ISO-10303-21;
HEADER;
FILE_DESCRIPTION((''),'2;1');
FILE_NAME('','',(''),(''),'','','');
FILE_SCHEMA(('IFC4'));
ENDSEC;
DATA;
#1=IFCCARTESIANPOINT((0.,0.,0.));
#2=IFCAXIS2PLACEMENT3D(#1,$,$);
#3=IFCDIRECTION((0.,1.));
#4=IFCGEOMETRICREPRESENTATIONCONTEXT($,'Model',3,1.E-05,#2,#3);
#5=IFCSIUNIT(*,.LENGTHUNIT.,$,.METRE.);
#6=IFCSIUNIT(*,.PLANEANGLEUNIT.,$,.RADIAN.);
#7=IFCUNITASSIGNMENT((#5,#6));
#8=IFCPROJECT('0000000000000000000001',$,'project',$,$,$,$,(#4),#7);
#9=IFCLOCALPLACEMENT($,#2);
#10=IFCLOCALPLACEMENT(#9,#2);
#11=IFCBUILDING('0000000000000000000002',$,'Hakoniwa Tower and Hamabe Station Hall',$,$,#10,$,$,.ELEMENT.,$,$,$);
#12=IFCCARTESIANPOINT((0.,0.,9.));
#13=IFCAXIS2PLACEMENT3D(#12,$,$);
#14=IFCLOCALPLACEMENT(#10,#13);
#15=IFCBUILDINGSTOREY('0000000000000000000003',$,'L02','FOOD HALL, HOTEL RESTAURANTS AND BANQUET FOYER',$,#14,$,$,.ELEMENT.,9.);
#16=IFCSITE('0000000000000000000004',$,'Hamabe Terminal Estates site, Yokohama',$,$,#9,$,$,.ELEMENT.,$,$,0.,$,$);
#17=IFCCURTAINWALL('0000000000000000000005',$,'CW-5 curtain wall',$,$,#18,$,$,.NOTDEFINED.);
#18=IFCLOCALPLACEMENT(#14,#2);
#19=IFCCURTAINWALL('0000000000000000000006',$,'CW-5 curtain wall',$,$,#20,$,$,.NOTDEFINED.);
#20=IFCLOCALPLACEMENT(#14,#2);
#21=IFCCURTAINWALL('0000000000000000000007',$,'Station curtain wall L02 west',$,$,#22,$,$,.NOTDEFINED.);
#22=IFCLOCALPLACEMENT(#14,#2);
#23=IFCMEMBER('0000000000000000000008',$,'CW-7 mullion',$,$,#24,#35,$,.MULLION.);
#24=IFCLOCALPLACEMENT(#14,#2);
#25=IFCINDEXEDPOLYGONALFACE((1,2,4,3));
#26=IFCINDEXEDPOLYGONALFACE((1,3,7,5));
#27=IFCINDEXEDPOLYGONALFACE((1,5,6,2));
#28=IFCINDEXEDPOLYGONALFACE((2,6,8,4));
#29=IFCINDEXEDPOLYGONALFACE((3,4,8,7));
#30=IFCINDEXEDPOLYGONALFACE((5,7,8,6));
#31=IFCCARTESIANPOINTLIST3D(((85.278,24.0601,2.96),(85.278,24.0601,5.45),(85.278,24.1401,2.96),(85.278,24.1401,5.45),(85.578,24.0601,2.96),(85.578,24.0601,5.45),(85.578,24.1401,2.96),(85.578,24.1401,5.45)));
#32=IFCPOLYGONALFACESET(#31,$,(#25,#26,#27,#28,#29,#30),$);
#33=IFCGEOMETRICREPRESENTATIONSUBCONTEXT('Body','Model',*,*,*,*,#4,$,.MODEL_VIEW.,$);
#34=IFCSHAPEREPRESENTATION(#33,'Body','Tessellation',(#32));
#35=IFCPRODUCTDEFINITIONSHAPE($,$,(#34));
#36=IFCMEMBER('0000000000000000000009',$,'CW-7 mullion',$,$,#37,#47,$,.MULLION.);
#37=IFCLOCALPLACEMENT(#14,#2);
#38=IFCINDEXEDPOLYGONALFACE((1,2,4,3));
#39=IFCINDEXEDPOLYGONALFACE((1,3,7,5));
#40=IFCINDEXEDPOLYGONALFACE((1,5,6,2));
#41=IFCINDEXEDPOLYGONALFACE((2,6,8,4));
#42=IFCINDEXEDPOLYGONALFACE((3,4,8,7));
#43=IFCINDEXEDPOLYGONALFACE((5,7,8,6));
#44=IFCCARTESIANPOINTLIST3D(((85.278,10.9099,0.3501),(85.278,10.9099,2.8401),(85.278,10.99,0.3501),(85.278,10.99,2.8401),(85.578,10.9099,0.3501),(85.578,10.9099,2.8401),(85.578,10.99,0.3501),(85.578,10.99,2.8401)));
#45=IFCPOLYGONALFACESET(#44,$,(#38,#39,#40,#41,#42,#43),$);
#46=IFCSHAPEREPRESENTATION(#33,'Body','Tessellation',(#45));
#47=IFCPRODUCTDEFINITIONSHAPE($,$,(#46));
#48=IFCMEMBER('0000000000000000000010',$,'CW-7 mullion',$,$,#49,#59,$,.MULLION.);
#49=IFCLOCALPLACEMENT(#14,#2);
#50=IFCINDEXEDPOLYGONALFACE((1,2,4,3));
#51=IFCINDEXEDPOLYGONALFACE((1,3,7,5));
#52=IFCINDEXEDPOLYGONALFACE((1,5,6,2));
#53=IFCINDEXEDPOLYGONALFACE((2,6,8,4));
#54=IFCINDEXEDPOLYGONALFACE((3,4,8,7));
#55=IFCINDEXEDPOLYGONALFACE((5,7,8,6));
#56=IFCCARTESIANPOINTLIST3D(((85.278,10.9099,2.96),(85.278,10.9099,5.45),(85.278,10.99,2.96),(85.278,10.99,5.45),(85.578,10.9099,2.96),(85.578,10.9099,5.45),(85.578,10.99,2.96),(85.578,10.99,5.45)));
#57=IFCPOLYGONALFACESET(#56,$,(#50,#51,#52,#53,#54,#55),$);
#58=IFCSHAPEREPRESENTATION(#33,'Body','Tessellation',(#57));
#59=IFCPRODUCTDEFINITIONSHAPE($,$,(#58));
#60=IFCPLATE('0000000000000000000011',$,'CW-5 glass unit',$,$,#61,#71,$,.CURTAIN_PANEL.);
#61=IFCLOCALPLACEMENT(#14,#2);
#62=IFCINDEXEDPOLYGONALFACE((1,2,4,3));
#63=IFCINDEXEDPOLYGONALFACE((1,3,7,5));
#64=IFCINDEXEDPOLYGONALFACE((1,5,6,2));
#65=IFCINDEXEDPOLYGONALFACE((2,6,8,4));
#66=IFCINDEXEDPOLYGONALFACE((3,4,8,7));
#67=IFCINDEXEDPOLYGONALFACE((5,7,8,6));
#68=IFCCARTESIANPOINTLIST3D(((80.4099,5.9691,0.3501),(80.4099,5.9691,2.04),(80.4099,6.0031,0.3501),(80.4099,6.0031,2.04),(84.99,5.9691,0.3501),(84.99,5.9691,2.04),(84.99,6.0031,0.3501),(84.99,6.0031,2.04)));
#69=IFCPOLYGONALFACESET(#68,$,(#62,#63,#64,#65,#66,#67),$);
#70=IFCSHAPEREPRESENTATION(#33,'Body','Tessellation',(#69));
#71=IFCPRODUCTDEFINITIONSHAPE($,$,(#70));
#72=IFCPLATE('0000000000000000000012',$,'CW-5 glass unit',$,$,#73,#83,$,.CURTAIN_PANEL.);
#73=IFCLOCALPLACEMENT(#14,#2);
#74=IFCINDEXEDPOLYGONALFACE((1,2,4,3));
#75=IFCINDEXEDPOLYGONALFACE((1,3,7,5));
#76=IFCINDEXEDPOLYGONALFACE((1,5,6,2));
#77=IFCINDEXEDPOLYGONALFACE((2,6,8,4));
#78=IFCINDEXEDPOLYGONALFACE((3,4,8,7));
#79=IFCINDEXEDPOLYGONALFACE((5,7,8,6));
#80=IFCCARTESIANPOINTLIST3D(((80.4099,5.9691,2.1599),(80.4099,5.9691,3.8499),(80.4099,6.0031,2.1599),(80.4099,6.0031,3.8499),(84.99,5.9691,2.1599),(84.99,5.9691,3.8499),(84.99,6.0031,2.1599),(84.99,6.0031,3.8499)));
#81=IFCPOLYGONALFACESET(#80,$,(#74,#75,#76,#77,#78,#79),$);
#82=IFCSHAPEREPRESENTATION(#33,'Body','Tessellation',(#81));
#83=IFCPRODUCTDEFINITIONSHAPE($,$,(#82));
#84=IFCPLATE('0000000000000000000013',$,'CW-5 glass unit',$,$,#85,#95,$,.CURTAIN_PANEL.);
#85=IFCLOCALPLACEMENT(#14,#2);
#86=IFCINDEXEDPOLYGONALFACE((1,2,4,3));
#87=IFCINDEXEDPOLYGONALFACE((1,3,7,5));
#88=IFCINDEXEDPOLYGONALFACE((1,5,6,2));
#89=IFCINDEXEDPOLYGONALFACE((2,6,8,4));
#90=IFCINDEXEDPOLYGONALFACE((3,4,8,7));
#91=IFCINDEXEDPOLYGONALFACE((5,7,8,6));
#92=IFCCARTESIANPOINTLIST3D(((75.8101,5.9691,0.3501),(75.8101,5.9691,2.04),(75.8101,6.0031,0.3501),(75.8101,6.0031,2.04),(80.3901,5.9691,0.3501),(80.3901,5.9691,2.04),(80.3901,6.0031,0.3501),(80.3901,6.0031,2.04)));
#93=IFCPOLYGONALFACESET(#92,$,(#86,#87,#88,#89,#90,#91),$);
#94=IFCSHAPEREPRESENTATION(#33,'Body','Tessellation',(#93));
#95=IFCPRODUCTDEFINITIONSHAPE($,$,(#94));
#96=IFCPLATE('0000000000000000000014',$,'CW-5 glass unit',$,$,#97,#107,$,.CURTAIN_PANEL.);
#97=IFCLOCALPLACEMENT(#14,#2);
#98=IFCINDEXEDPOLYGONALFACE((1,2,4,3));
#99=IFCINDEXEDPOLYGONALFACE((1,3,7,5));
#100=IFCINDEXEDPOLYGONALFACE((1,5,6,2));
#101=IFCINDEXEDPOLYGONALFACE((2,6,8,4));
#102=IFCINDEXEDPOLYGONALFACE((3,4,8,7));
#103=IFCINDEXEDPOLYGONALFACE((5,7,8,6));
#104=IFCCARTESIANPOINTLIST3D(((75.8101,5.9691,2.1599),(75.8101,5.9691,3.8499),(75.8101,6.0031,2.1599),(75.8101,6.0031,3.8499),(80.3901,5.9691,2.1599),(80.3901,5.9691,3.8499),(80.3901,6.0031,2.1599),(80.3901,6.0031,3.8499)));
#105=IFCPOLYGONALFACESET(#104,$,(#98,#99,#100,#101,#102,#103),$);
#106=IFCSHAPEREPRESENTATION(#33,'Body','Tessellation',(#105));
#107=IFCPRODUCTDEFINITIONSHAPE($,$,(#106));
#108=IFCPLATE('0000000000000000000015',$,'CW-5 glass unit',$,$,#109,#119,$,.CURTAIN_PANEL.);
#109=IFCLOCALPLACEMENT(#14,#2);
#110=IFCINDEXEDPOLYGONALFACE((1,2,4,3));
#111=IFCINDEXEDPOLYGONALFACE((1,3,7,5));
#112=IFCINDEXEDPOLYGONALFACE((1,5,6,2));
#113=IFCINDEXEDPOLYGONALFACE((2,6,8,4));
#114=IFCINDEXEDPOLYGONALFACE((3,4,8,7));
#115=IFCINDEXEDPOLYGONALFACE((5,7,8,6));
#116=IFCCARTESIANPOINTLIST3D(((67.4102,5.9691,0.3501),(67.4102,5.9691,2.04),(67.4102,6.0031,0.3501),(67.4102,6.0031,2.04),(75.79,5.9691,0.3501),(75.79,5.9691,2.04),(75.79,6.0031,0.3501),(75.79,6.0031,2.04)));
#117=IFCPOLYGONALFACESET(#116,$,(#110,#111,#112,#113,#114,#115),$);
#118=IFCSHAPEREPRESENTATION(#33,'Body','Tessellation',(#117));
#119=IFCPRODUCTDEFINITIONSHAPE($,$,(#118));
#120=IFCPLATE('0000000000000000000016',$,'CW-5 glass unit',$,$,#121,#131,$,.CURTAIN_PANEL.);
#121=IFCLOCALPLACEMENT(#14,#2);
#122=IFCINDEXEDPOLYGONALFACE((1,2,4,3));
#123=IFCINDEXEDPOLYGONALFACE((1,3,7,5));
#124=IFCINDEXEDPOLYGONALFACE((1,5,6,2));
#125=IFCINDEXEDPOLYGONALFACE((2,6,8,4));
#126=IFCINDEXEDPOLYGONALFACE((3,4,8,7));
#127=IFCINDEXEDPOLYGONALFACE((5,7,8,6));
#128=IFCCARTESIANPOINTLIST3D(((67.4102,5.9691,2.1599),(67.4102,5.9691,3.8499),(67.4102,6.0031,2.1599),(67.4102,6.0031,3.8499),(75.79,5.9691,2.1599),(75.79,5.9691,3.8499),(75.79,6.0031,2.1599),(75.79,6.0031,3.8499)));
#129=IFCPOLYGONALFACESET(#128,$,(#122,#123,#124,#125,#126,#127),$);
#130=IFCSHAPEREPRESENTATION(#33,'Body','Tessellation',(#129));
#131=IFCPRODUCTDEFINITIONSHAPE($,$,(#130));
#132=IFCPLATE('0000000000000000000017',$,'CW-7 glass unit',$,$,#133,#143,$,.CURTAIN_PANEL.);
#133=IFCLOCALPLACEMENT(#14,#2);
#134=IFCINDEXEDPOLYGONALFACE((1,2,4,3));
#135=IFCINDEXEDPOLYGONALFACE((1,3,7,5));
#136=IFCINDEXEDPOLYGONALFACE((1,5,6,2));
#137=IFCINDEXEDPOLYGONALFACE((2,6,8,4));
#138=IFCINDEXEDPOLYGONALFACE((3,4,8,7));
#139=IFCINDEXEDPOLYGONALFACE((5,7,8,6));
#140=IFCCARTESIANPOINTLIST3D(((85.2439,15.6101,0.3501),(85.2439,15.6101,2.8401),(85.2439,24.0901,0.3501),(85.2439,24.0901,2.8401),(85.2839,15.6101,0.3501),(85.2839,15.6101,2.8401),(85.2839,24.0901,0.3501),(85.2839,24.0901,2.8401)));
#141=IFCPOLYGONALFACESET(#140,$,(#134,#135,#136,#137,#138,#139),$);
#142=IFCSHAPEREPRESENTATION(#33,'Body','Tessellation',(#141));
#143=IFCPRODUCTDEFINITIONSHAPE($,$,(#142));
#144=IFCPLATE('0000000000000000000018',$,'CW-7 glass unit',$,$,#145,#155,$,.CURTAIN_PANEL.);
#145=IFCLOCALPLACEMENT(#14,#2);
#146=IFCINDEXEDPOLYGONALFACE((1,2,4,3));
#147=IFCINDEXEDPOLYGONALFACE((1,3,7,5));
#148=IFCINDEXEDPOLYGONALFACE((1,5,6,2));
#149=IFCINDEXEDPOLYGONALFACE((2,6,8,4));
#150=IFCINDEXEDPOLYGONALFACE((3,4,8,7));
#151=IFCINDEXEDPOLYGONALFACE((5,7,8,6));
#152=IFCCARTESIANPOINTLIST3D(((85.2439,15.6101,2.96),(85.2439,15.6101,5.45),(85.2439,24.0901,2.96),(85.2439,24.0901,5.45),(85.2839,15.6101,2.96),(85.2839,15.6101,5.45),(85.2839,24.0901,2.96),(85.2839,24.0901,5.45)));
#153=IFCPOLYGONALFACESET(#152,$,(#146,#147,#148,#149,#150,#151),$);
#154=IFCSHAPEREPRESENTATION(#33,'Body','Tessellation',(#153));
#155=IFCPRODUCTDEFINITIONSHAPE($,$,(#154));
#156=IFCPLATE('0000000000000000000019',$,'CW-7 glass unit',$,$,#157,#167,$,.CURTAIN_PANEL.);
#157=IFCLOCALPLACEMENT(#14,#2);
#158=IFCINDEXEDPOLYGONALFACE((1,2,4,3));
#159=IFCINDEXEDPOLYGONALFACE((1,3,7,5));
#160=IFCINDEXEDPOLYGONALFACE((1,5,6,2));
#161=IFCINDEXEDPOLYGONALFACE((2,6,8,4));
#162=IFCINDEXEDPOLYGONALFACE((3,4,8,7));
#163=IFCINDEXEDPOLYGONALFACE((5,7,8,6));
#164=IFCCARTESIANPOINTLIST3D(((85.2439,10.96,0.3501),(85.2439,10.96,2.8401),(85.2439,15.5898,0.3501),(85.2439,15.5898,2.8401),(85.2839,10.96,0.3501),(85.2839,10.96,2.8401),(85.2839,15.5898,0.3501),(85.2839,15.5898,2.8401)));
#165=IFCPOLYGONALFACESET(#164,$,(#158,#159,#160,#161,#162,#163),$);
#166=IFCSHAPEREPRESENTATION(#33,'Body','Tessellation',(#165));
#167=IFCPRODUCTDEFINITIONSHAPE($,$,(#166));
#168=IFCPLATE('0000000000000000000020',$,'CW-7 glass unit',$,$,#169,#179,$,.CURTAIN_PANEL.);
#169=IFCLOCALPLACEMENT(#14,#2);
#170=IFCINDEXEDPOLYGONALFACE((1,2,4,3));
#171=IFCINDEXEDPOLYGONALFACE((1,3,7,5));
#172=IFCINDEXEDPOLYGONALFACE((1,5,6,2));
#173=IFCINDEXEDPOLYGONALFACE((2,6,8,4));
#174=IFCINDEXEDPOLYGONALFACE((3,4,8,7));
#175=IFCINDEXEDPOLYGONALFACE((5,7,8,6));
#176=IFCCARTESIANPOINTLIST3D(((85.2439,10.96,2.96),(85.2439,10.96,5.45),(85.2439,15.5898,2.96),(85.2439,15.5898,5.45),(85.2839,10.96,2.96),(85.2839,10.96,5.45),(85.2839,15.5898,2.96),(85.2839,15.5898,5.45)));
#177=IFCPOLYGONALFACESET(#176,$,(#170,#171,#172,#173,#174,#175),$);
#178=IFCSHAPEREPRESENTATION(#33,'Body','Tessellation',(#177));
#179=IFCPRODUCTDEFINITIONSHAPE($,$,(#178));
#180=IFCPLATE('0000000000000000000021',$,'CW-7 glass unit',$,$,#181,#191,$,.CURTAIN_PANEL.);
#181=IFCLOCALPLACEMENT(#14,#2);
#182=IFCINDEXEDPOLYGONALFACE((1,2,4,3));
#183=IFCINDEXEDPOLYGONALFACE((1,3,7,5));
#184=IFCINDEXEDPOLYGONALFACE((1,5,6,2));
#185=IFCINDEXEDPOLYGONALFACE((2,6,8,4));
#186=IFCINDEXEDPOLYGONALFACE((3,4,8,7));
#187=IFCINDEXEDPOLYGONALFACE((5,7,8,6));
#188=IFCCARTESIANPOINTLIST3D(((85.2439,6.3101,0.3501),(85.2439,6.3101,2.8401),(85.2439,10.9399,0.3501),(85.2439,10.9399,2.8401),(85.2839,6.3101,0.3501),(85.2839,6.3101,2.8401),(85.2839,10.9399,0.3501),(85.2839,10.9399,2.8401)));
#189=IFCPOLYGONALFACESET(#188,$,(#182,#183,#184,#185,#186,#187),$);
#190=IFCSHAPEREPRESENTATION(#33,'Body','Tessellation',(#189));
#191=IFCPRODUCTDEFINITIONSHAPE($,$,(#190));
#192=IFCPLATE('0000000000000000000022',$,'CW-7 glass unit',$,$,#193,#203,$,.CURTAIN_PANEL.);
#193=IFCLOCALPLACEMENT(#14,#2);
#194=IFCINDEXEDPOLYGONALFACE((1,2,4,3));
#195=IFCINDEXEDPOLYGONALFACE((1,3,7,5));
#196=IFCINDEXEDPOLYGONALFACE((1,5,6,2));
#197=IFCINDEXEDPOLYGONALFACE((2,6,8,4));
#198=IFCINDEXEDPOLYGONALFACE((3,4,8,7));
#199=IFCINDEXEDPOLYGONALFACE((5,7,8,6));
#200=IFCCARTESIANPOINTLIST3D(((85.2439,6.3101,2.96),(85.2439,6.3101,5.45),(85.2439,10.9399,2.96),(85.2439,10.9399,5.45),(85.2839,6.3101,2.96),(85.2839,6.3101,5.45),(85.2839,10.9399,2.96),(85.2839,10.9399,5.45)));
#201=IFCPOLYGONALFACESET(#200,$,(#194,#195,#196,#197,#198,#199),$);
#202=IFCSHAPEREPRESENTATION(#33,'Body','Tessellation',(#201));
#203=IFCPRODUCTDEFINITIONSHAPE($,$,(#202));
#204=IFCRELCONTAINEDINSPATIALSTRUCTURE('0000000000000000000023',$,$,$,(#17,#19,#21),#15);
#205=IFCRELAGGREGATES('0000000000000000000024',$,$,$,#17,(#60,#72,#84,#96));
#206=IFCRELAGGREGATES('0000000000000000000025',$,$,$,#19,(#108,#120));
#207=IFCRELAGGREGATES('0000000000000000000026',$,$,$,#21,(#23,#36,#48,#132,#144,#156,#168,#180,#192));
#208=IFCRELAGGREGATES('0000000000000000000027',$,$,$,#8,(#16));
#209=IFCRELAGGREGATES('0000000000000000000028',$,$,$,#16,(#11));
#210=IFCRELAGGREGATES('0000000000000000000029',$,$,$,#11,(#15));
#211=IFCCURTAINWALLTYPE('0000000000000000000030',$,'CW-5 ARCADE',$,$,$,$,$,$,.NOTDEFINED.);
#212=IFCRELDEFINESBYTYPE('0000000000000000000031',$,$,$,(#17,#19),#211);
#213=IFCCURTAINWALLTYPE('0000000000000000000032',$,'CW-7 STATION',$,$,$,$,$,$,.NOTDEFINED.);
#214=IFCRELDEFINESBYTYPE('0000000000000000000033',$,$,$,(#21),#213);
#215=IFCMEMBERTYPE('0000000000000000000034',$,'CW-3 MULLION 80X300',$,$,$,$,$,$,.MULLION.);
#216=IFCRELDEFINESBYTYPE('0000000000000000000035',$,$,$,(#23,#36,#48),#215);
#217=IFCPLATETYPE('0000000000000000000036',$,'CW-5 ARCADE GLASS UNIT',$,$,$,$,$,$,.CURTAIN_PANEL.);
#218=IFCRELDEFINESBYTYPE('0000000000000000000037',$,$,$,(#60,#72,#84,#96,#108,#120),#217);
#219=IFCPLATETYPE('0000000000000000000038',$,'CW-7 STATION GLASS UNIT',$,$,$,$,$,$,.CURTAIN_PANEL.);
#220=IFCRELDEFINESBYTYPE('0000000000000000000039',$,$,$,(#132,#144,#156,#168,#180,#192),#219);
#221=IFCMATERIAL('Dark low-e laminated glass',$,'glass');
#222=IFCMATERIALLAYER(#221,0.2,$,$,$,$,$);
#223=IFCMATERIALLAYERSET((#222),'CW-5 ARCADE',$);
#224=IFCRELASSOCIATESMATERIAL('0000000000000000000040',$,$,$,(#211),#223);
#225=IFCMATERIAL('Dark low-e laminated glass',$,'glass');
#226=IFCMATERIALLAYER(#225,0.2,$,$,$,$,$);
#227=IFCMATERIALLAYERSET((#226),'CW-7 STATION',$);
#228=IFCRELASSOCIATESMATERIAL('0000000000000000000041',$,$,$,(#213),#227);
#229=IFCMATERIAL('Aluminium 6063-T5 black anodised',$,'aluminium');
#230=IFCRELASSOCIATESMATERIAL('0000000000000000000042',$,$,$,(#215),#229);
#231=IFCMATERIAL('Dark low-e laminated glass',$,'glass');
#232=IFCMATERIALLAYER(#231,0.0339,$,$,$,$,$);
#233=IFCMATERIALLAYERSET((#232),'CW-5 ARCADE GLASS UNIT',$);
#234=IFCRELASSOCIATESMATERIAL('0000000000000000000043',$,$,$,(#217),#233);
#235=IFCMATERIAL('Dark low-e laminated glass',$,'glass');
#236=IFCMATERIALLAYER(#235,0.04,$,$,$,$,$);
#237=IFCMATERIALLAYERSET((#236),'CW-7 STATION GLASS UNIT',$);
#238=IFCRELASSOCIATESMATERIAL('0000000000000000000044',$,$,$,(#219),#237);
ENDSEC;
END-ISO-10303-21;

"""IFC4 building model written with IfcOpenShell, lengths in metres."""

from ifc_helpers import new_model, si_unit, direction, frame, origin, origin_2d, place, context, subcontext, project, spatial, rectangle, extrude, material, layer, layer_set, material_profile, profile_set, type_object, element, aggregate, save


model = new_model("IFC4")

# Units and contexts
model_context = context("Model", 3, precision=1e-05, world=origin(), true_north=direction((0.0, 1.0)))
body_context = subcontext(model_context, "Body", "Model", "MODEL_VIEW")
ifc_project = project(units=[si_unit("LENGTHUNIT", "METRE"), si_unit("PLANEANGLEUNIT", "RADIAN")], contexts=[model_context])

# Site, building, storey
site_placement = place(None, origin())
site = spatial("IfcSite", under=ifc_project, at=site_placement, Name="Hamabe Terminal Estates site, Yokohama", CompositionType="ELEMENT", RefElevation=0.0)
building_placement = place(site_placement, origin())
building = spatial("IfcBuilding", under=site, at=building_placement, Name="Hakoniwa Tower and Hamabe Station Hall", CompositionType="ELEMENT")
storey_placement = place(building_placement, frame((0.0, 0.0, 9.0)))
storey = spatial("IfcBuildingStorey", under=building, at=storey_placement, Name="L02", Description="FOOD HALL, HOTEL RESTAURANTS AND BANQUET FOYER", CompositionType="ELEMENT", Elevation=9.0)

# Curtain walls
ifc_material_1 = material(Name="Dark low-e laminated glass", Category="glass")
ifc_layer_1 = layer(ifc_material_1, 0.2)
ifc_layer_set_1 = layer_set([ifc_layer_1], Name="CW-5 ARCADE")
curtain_wall_type_1 = type_object("IfcCurtainWallType", Name="CW-5 ARCADE", PredefinedType="NOTDEFINED", material=ifc_layer_set_1)
curtain_wall_1_placement = place(storey_placement, origin())
curtain_wall_1 = element("IfcCurtainWall", 1, at=curtain_wall_1_placement, inside=storey, type_object=curtain_wall_type_1, Name="CW-5 curtain wall", PredefinedType="NOTDEFINED")
curtain_wall_2_placement = place(storey_placement, origin())
curtain_wall_2 = element("IfcCurtainWall", 2, at=curtain_wall_2_placement, inside=storey, type_object=curtain_wall_type_1, Name="CW-5 curtain wall", PredefinedType="NOTDEFINED")

# Curtain wall
ifc_material_2 = material(Name="Dark low-e laminated glass", Category="glass")
ifc_layer_2 = layer(ifc_material_2, 0.2)
ifc_layer_set_2 = layer_set([ifc_layer_2], Name="CW-7 STATION")
curtain_wall_type_2 = type_object("IfcCurtainWallType", Name="CW-7 STATION", PredefinedType="NOTDEFINED", material=ifc_layer_set_2)
curtain_wall_3_placement = place(storey_placement, origin())
curtain_wall_3 = element("IfcCurtainWall", 3, at=curtain_wall_3_placement, inside=storey, type_object=curtain_wall_type_2, Name="Station curtain wall L02 west", PredefinedType="NOTDEFINED")

# Members
ifc_material_3 = material(Name="Aluminium 6063-T5 black anodised", Category="aluminium")
ifc_material_profile_1 = material_profile(ifc_material_3, rectangle(XDim=0.0801, YDim=0.3, at=origin_2d()), Name="CW-3 MULLION 80X300")
ifc_profile_set_1 = profile_set([ifc_material_profile_1], Name="Aluminium 6063-T5 black anodised")
member_type_1 = type_object("IfcMemberType", Name="CW-3 MULLION 80X300", PredefinedType="MULLION", material=ifc_profile_set_1)
member_1_placement = place(storey_placement, frame((85.428, 24.1001, 2.96), z_axis=(0.0, 0.0, 1.0), x_axis=(0.0, -1.0, 0.0)))
member_1 = element("IfcMember", 4, at=member_1_placement, type_object=member_type_1, Name="CW-7 mullion", PredefinedType="MULLION", context=body_context, shape_type="SweptSolid", body=[
    extrude(rectangle(XDim=0.0801, YDim=0.3, at=origin_2d()), origin(), (0.0, 0.0, 1.0), 2.49),
])
member_2_placement = place(storey_placement, frame((85.428, 10.95, 0.3501), z_axis=(0.0, 0.0, 1.0), x_axis=(0.0, -1.0, 0.0)))
member_2 = element("IfcMember", 5, at=member_2_placement, type_object=member_type_1, Name="CW-7 mullion", PredefinedType="MULLION", context=body_context, shape_type="SweptSolid", body=[
    extrude(rectangle(XDim=0.0801, YDim=0.3, at=origin_2d()), origin(), (0.0, 0.0, 1.0), 2.49),
])
member_3_placement = place(storey_placement, frame((85.428, 10.95, 2.96), z_axis=(0.0, 0.0, 1.0), x_axis=(0.0, -1.0, 0.0)))
member_3 = element("IfcMember", 6, at=member_3_placement, type_object=member_type_1, Name="CW-7 mullion", PredefinedType="MULLION", context=body_context, shape_type="SweptSolid", body=[
    extrude(rectangle(XDim=0.0801, YDim=0.3, at=origin_2d()), origin(), (0.0, 0.0, 1.0), 2.49),
])

# Plates
ifc_material_4 = material(Name="Dark low-e laminated glass", Category="glass")
ifc_layer_3 = layer(ifc_material_4, 0.0339)
ifc_layer_set_3 = layer_set([ifc_layer_3], Name="CW-5 ARCADE GLASS UNIT")
plate_type_1 = type_object("IfcPlateType", Name="CW-5 ARCADE GLASS UNIT", PredefinedType="CURTAIN_PANEL", material=ifc_layer_set_3)
plate_1_placement = place(storey_placement, frame((82.7, 5.9861, 0.3501), z_axis=(0.0, 0.0, 1.0), x_axis=(-1.0, 0.0, 0.0)))
plate_1 = element("IfcPlate", 7, at=plate_1_placement, type_object=plate_type_1, Name="CW-5 glass unit", PredefinedType="CURTAIN_PANEL", context=body_context, shape_type="SweptSolid", body=[
    extrude(rectangle(XDim=4.5801, YDim=0.0339, at=origin_2d()), origin(), (0.0, 0.0, 1.0), 1.6899),
])
plate_2_placement = place(storey_placement, frame((82.7, 5.9861, 2.1599), z_axis=(0.0, 0.0, 1.0), x_axis=(-1.0, 0.0, 0.0)))
plate_2 = element("IfcPlate", 8, at=plate_2_placement, type_object=plate_type_1, Name="CW-5 glass unit", PredefinedType="CURTAIN_PANEL", context=body_context, shape_type="SweptSolid", body=[
    extrude(rectangle(XDim=4.5801, YDim=0.0339, at=origin_2d()), origin(), (0.0, 0.0, 1.0), 1.6899),
])
plate_3_placement = place(storey_placement, frame((78.1001, 5.9861, 0.3501), z_axis=(0.0, 0.0, 1.0), x_axis=(-1.0, 0.0, 0.0)))
plate_3 = element("IfcPlate", 9, at=plate_3_placement, type_object=plate_type_1, Name="CW-5 glass unit", PredefinedType="CURTAIN_PANEL", context=body_context, shape_type="SweptSolid", body=[
    extrude(rectangle(XDim=4.5801, YDim=0.0339, at=origin_2d()), origin(), (0.0, 0.0, 1.0), 1.6899),
])
plate_4_placement = place(storey_placement, frame((78.1001, 5.9861, 2.1599), z_axis=(0.0, 0.0, 1.0), x_axis=(-1.0, 0.0, 0.0)))
plate_4 = element("IfcPlate", 10, at=plate_4_placement, type_object=plate_type_1, Name="CW-5 glass unit", PredefinedType="CURTAIN_PANEL", context=body_context, shape_type="SweptSolid", body=[
    extrude(rectangle(XDim=4.5801, YDim=0.0339, at=origin_2d()), origin(), (0.0, 0.0, 1.0), 1.6899),
])
aggregate(curtain_wall_1, [plate_1, plate_2, plate_3, plate_4])
plate_5_placement = place(storey_placement, frame((71.6001, 5.9861, 0.3501), z_axis=(0.0, 0.0, 1.0), x_axis=(-1.0, 0.0, 0.0)))
plate_5 = element("IfcPlate", 11, at=plate_5_placement, type_object=plate_type_1, Name="CW-5 glass unit", PredefinedType="CURTAIN_PANEL", context=body_context, shape_type="SweptSolid", body=[
    extrude(rectangle(XDim=8.3799, YDim=0.0339, at=origin_2d()), origin(), (0.0, 0.0, 1.0), 1.6899),
])
plate_6_placement = place(storey_placement, frame((71.6001, 5.9861, 2.1599), z_axis=(0.0, 0.0, 1.0), x_axis=(-1.0, 0.0, 0.0)))
plate_6 = element("IfcPlate", 12, at=plate_6_placement, type_object=plate_type_1, Name="CW-5 glass unit", PredefinedType="CURTAIN_PANEL", context=body_context, shape_type="SweptSolid", body=[
    extrude(rectangle(XDim=8.3799, YDim=0.0339, at=origin_2d()), origin(), (0.0, 0.0, 1.0), 1.6899),
])
aggregate(curtain_wall_2, [plate_5, plate_6])
ifc_material_5 = material(Name="Dark low-e laminated glass", Category="glass")
ifc_layer_4 = layer(ifc_material_5, 0.04)
ifc_layer_set_4 = layer_set([ifc_layer_4], Name="CW-7 STATION GLASS UNIT")
plate_type_2 = type_object("IfcPlateType", Name="CW-7 STATION GLASS UNIT", PredefinedType="CURTAIN_PANEL", material=ifc_layer_set_4)
plate_7_placement = place(storey_placement, frame((85.2639, 19.8501, 0.3501), z_axis=(0.0, 0.0, 1.0), x_axis=(0.0, -1.0, 0.0)))
plate_7 = element("IfcPlate", 13, at=plate_7_placement, type_object=plate_type_2, Name="CW-7 glass unit", PredefinedType="CURTAIN_PANEL", context=body_context, shape_type="SweptSolid", body=[
    extrude(rectangle(XDim=8.48, YDim=0.04, at=origin_2d()), origin(), (0.0, 0.0, 1.0), 2.49),
])
plate_8_placement = place(storey_placement, frame((85.2639, 19.8501, 2.96), z_axis=(0.0, 0.0, 1.0), x_axis=(0.0, -1.0, 0.0)))
plate_8 = element("IfcPlate", 14, at=plate_8_placement, type_object=plate_type_2, Name="CW-7 glass unit", PredefinedType="CURTAIN_PANEL", context=body_context, shape_type="SweptSolid", body=[
    extrude(rectangle(XDim=8.48, YDim=0.04, at=origin_2d()), origin(), (0.0, 0.0, 1.0), 2.49),
])
plate_9_placement = place(storey_placement, frame((85.2639, 13.2749, 0.3501), z_axis=(0.0, 0.0, 1.0), x_axis=(0.0, -1.0, 0.0)))
plate_9 = element("IfcPlate", 15, at=plate_9_placement, type_object=plate_type_2, Name="CW-7 glass unit", PredefinedType="CURTAIN_PANEL", context=body_context, shape_type="SweptSolid", body=[
    extrude(rectangle(XDim=4.6299, YDim=0.04, at=origin_2d()), origin(), (0.0, 0.0, 1.0), 2.49),
])
plate_10_placement = place(storey_placement, frame((85.2639, 13.2749, 2.96), z_axis=(0.0, 0.0, 1.0), x_axis=(0.0, -1.0, 0.0)))
plate_10 = element("IfcPlate", 16, at=plate_10_placement, type_object=plate_type_2, Name="CW-7 glass unit", PredefinedType="CURTAIN_PANEL", context=body_context, shape_type="SweptSolid", body=[
    extrude(rectangle(XDim=4.6299, YDim=0.04, at=origin_2d()), origin(), (0.0, 0.0, 1.0), 2.49),
])
plate_11_placement = place(storey_placement, frame((85.2639, 8.625, 0.3501), z_axis=(0.0, 0.0, 1.0), x_axis=(0.0, -1.0, 0.0)))
plate_11 = element("IfcPlate", 17, at=plate_11_placement, type_object=plate_type_2, Name="CW-7 glass unit", PredefinedType="CURTAIN_PANEL", context=body_context, shape_type="SweptSolid", body=[
    extrude(rectangle(XDim=4.6299, YDim=0.04, at=origin_2d()), origin(), (0.0, 0.0, 1.0), 2.49),
])
plate_12_placement = place(storey_placement, frame((85.2639, 8.625, 2.96), z_axis=(0.0, 0.0, 1.0), x_axis=(0.0, -1.0, 0.0)))
plate_12 = element("IfcPlate", 18, at=plate_12_placement, type_object=plate_type_2, Name="CW-7 glass unit", PredefinedType="CURTAIN_PANEL", context=body_context, shape_type="SweptSolid", body=[
    extrude(rectangle(XDim=4.6299, YDim=0.04, at=origin_2d()), origin(), (0.0, 0.0, 1.0), 2.49),
])
aggregate(curtain_wall_3, [member_1, member_2, member_3, plate_7, plate_8, plate_9, plate_10, plate_11, plate_12])

save(model, "model.ifc")
